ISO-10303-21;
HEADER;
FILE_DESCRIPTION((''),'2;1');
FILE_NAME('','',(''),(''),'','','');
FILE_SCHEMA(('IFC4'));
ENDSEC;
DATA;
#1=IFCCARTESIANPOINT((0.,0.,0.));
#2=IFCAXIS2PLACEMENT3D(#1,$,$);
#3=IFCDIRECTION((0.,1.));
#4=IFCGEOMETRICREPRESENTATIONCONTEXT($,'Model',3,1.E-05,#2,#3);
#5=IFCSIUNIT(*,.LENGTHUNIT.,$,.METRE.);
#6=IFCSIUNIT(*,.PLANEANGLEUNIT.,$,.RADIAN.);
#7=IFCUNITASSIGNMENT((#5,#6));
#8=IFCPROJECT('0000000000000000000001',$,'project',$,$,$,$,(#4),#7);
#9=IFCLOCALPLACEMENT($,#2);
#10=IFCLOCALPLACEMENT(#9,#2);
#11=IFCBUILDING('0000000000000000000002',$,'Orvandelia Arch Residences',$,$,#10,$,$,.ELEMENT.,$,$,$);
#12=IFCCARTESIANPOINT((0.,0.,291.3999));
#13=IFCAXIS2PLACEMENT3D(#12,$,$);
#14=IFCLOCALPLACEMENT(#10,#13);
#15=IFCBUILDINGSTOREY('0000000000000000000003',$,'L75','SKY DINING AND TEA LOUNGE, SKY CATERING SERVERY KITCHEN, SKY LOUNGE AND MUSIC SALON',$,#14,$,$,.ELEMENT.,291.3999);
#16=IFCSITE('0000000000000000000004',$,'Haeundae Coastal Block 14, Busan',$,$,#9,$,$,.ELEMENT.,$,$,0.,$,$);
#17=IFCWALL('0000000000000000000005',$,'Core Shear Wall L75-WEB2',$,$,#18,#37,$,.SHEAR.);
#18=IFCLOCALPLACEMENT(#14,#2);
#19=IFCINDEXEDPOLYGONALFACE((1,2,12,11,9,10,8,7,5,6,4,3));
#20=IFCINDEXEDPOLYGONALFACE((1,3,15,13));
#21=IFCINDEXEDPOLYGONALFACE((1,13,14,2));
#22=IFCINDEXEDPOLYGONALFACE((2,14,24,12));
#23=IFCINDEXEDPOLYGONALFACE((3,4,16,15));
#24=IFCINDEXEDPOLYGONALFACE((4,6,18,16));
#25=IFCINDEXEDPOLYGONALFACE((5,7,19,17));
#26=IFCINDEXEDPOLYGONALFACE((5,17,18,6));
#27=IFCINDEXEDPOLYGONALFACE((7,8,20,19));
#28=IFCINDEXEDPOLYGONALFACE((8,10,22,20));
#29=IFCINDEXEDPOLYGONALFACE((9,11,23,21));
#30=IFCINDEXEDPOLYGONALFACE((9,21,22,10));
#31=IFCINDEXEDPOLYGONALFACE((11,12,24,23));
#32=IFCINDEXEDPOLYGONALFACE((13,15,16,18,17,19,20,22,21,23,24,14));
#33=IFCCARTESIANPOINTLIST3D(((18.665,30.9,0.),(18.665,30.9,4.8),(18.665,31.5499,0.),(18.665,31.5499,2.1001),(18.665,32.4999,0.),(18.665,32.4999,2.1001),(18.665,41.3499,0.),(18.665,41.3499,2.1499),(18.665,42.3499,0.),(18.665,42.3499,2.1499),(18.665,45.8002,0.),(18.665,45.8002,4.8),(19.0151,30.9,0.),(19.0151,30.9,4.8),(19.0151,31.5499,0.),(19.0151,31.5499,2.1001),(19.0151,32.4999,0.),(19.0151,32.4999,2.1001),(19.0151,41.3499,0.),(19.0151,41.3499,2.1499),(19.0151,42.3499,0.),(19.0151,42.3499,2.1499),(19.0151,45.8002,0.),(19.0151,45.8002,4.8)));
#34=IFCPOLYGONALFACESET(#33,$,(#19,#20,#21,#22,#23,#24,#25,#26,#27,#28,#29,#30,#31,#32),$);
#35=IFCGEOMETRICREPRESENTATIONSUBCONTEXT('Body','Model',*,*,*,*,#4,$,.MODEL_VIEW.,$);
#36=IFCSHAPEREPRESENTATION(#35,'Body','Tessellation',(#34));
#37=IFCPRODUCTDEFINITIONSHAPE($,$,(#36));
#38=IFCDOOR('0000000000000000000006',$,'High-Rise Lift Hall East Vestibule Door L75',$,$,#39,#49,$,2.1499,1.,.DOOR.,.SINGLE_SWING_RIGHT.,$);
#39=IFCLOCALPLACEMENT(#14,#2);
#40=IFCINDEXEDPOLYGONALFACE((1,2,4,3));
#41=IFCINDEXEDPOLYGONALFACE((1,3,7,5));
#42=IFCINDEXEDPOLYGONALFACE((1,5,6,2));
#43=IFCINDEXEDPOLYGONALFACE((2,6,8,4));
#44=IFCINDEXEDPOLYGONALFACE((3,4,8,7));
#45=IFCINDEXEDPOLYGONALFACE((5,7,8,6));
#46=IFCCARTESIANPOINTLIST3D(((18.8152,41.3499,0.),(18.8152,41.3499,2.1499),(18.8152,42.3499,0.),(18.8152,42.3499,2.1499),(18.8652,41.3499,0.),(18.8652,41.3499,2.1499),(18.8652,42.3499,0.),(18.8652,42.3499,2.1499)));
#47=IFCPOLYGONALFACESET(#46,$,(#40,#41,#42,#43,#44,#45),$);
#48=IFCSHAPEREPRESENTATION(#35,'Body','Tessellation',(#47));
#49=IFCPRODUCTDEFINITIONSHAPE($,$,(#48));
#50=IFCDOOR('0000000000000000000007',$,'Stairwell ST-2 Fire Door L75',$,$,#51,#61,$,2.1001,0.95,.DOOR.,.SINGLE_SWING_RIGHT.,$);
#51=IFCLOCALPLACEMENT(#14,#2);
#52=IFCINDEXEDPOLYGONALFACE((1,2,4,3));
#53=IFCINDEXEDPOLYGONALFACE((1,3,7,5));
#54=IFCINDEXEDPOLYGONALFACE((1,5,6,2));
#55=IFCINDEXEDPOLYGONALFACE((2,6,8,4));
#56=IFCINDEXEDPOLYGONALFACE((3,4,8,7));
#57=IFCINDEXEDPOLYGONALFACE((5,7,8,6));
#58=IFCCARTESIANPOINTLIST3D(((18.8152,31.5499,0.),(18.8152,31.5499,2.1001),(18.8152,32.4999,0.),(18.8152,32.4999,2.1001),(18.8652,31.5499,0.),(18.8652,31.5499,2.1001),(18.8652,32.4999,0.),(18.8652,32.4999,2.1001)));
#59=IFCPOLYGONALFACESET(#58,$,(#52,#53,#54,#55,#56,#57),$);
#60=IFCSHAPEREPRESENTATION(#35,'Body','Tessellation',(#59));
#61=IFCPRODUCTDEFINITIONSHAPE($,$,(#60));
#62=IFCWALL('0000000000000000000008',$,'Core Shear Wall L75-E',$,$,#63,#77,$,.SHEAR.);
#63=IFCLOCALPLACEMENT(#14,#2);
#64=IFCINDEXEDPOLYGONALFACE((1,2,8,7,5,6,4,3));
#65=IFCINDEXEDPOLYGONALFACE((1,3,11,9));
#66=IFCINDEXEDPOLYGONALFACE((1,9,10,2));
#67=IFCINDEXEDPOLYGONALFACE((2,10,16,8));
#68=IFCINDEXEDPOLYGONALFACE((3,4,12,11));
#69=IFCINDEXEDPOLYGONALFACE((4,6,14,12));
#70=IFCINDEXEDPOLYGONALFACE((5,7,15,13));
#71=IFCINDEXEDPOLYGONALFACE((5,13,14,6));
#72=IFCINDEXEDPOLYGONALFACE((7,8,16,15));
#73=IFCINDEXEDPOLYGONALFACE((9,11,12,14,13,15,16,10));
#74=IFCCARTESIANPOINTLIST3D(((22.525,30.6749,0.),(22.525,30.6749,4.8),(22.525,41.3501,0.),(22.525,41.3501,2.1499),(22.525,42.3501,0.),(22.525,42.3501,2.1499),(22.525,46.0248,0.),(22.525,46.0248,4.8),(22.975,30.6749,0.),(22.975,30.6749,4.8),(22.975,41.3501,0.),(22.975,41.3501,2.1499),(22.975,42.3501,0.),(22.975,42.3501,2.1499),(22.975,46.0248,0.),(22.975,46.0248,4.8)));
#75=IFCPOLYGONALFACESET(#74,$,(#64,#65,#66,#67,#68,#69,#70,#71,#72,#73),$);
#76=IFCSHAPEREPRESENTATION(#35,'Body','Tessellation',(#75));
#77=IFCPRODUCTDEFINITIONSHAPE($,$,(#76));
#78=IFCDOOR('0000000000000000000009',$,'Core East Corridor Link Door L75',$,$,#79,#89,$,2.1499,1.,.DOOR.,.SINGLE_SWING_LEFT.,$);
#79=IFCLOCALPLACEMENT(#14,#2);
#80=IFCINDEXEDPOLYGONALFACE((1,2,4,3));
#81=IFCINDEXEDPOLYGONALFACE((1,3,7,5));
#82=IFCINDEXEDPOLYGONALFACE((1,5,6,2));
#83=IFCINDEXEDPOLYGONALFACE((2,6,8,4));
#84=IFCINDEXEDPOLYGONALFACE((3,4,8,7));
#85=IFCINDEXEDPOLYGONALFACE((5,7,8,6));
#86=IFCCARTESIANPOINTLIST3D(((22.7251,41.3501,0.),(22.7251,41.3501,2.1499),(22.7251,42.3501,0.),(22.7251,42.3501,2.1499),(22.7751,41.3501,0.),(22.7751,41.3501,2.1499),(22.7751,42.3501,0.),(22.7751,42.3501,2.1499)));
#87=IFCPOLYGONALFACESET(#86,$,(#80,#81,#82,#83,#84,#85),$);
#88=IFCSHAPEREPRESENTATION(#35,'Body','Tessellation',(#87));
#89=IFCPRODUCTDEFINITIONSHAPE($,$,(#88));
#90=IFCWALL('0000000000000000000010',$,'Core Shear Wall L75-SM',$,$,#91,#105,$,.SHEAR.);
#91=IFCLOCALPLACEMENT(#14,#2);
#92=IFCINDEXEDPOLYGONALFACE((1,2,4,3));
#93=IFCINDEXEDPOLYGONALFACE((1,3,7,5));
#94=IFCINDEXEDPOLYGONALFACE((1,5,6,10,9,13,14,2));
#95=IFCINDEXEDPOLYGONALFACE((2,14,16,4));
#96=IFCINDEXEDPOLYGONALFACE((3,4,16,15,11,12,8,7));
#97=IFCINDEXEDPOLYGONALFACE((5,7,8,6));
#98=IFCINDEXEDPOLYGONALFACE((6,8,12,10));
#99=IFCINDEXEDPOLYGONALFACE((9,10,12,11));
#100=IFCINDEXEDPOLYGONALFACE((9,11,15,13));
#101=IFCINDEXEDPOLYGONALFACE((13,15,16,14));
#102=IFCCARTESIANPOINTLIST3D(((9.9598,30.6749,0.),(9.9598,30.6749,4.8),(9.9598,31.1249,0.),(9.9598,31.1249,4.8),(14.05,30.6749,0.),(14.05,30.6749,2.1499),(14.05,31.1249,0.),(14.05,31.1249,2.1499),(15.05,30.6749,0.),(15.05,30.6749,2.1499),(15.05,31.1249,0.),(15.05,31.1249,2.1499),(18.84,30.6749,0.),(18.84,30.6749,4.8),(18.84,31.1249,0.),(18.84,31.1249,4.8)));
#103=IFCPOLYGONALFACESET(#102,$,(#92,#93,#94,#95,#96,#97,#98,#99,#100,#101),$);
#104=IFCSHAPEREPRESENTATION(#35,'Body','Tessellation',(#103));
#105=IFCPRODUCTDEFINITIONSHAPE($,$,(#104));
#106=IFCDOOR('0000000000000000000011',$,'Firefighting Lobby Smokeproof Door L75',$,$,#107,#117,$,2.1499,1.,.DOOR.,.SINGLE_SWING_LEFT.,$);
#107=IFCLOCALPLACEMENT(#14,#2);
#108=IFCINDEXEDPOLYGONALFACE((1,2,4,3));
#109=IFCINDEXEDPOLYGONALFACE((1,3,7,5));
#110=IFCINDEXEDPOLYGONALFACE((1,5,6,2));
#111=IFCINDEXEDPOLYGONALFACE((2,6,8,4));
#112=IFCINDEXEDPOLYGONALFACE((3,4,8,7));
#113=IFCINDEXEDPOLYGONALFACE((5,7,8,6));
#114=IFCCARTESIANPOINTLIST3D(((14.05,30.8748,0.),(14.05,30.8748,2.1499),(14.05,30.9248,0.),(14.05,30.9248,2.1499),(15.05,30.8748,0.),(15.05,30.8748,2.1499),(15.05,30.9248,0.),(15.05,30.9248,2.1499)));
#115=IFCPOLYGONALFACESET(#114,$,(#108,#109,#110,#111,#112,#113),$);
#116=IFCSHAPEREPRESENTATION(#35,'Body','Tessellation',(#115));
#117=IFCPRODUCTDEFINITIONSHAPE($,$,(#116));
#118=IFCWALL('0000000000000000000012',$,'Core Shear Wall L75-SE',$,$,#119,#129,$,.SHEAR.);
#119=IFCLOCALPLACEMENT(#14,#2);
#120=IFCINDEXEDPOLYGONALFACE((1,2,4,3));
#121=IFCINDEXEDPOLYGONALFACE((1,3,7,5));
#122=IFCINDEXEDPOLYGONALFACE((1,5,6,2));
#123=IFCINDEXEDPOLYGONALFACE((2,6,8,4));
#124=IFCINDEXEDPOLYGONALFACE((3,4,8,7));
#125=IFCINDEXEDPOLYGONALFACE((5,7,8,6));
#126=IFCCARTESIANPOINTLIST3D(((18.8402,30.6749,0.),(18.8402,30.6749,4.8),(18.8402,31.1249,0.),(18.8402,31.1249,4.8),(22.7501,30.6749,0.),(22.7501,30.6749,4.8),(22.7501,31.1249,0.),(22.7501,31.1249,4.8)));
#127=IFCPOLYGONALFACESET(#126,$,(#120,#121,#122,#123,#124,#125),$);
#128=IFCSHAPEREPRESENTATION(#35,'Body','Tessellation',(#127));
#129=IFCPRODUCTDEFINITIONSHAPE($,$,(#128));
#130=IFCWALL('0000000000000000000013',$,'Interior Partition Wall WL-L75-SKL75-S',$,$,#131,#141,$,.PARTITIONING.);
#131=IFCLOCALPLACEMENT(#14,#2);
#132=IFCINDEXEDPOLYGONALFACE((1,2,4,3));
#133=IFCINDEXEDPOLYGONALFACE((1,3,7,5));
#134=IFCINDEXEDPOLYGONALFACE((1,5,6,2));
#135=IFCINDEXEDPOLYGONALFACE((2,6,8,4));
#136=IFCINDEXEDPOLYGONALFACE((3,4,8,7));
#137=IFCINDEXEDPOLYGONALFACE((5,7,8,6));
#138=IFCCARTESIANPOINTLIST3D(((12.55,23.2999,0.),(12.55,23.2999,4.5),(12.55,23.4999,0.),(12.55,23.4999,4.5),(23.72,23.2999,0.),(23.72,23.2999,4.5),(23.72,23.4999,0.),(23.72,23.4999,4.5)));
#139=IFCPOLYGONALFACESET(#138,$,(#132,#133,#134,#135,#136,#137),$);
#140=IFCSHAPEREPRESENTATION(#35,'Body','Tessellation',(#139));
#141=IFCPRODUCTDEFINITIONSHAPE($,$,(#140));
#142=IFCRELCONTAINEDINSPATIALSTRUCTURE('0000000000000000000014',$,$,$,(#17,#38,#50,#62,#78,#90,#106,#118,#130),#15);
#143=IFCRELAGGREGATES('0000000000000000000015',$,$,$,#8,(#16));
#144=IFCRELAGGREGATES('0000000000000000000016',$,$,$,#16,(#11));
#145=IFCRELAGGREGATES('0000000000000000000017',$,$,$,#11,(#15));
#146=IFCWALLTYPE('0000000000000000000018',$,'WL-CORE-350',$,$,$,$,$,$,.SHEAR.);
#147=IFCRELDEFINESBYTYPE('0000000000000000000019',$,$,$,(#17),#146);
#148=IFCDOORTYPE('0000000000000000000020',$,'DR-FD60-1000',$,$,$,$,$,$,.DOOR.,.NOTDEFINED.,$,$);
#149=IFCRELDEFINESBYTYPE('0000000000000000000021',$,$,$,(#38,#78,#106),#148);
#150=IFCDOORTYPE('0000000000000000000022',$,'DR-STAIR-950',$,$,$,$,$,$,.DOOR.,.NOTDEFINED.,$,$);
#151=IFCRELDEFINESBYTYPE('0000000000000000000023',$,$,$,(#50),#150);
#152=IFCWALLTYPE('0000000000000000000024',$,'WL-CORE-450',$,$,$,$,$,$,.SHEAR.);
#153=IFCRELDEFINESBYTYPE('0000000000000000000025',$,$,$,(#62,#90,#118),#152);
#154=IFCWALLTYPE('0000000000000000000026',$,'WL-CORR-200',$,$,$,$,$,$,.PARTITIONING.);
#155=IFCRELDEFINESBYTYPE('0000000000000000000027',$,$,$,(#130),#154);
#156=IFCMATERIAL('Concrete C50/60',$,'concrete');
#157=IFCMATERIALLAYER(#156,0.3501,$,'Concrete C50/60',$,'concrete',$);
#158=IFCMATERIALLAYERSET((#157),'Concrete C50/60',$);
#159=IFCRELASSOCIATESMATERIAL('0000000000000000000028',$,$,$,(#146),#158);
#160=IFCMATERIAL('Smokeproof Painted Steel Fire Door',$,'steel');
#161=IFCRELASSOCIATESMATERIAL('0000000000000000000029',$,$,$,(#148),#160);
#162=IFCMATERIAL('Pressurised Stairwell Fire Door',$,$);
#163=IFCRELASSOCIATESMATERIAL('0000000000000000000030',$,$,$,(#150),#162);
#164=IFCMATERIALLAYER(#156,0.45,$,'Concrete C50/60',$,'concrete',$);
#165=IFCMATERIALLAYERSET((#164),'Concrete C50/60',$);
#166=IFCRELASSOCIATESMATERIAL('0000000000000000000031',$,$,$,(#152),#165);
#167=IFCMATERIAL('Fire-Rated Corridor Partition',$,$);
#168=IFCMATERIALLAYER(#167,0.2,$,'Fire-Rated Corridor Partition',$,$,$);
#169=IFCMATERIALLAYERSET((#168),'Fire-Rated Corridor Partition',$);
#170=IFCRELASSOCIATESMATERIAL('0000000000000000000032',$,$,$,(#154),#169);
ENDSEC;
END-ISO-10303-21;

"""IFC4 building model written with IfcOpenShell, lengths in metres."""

from ifc_helpers import new_model, si_unit, direction, frame, frame_2d, origin, place, context, subcontext, project, spatial, rectangle, extrude, material, layer, layer_set, type_object, element, fill, save


model = new_model("IFC4")

# Units and contexts
model_context = context("Model", 3, precision=1e-05, world=origin(), true_north=direction((0.0, 1.0)))
body_context = subcontext(model_context, "Body", "Model", "MODEL_VIEW")
ifc_project = project(units=[si_unit("LENGTHUNIT", "METRE"), si_unit("PLANEANGLEUNIT", "RADIAN")], contexts=[model_context])

# Site, building, storey
site_placement = place(None, origin())
site = spatial("IfcSite", under=ifc_project, at=site_placement, Name="Haeundae Coastal Block 14, Busan", CompositionType="ELEMENT", RefElevation=0.0)
building_placement = place(site_placement, origin())
building = spatial("IfcBuilding", under=site, at=building_placement, Name="Orvandelia Arch Residences", CompositionType="ELEMENT")
storey_placement = place(building_placement, frame((0.0, 0.0, 291.3999)))
storey = spatial("IfcBuildingStorey", under=building, at=storey_placement, Name="L75", Description="SKY DINING AND TEA LOUNGE, SKY CATERING SERVERY KITCHEN, SKY LOUNGE AND MUSIC SALON", CompositionType="ELEMENT", Elevation=291.3999)

# Shared definitions
ifc_material_1 = material(Name="Concrete C50/60", Category="concrete")

# Wall, openings, doors
ifc_layer_1 = layer(ifc_material_1, 0.3501, Name="Concrete C50/60", Category="concrete")
ifc_layer_set_1 = layer_set([ifc_layer_1], Name="Concrete C50/60")
wall_type_1 = type_object("IfcWallType", Name="WL-CORE-350", PredefinedType="SHEAR", material=ifc_layer_set_1)
ifc_material_2 = material(Name="Smokeproof Painted Steel Fire Door", Category="steel")
door_type_1 = type_object("IfcDoorType", Name="DR-FD60-1000", OperationType="NOTDEFINED", PredefinedType="DOOR", material=ifc_material_2)
ifc_material_3 = material(Name="Pressurised Stairwell Fire Door")
door_type_2 = type_object("IfcDoorType", Name="DR-STAIR-950", OperationType="NOTDEFINED", PredefinedType="DOOR", material=ifc_material_3)
wall_1_placement = place(storey_placement, frame((18.8401, 30.8999, 0.0), z_axis=(0.0, 0.0, 1.0), x_axis=(0.0, 1.0, 0.0)))
wall_1 = element("IfcWall", 1, at=wall_1_placement, inside=storey, type_object=wall_type_1, Name="Core Shear Wall L75-WEB2", PredefinedType="SHEAR", context=body_context, shape_type="SweptSolid", body=[
    extrude(rectangle(XDim=14.9001, YDim=0.3501, at=frame_2d((7.4502, 0.0))), origin(), (0.0, 0.0, 1.0), 4.8),
])
opening_1_placement = place(wall_1_placement, frame((0.6499, 0.0, 0.0)))
opening_1 = element("IfcOpeningElement", 2, at=opening_1_placement, cuts=wall_1, PredefinedType="OPENING", context=body_context, shape_type="SweptSolid", body=[
    extrude(rectangle(XDim=0.95, YDim=2.1001, at=frame_2d((0.4751, 1.05))), frame((0.0, 0.1851, 0.0), z_axis=(0.0, -1.0, 0.0), x_axis=(1.0, 0.0, 0.0)), (0.0, 0.0, 1.0), 0.3701),
])
opening_2_placement = place(wall_1_placement, frame((10.45, 0.0, 0.0)))
opening_2 = element("IfcOpeningElement", 3, at=opening_2_placement, cuts=wall_1, PredefinedType="OPENING", context=body_context, shape_type="SweptSolid", body=[
    extrude(rectangle(XDim=1.0, YDim=2.1499, at=frame_2d((0.5, 1.075))), frame((0.0, 0.1851, 0.0), z_axis=(0.0, -1.0, 0.0), x_axis=(1.0, 0.0, 0.0)), (0.0, 0.0, 1.0), 0.3701),
])
door_1_placement = place(opening_2_placement, origin())
door_1 = element("IfcDoor", 4, at=door_1_placement, inside=storey, type_object=door_type_1, Name="High-Rise Lift Hall East Vestibule Door L75", OperationType="SINGLE_SWING_RIGHT", OverallHeight=2.1499, OverallWidth=1.0, PredefinedType="DOOR", context=body_context, shape_type="SweptSolid", body=[
    extrude(rectangle(XDim=1.0, YDim=2.1499, at=frame_2d((0.5, 1.075))), frame((0.0, 0.0249, 0.0), z_axis=(0.0, -1.0, 0.0), x_axis=(1.0, 0.0, 0.0)), (0.0, 0.0, 1.0), 0.05),
])
fill(opening_2, door_1)
door_2_placement = place(opening_1_placement, origin())
door_2 = element("IfcDoor", 5, at=door_2_placement, inside=storey, type_object=door_type_2, Name="Stairwell ST-2 Fire Door L75", OperationType="SINGLE_SWING_RIGHT", OverallHeight=2.1001, OverallWidth=0.95, PredefinedType="DOOR", context=body_context, shape_type="SweptSolid", body=[
    extrude(rectangle(XDim=0.95, YDim=2.1001, at=frame_2d((0.4751, 1.05))), frame((0.0, 0.0249, 0.0), z_axis=(0.0, -1.0, 0.0), x_axis=(1.0, 0.0, 0.0)), (0.0, 0.0, 1.0), 0.05),
])
fill(opening_1, door_2)

# Walls, openings, doors
ifc_layer_2 = layer(ifc_material_1, 0.45, Name="Concrete C50/60", Category="concrete")
ifc_layer_set_2 = layer_set([ifc_layer_2], Name="Concrete C50/60")
wall_type_2 = type_object("IfcWallType", Name="WL-CORE-450", PredefinedType="SHEAR", material=ifc_layer_set_2)
wall_2_placement = place(storey_placement, frame((22.75, 30.675, 0.0), z_axis=(0.0, 0.0, 1.0), x_axis=(0.0, 1.0, 0.0)))
wall_2 = element("IfcWall", 6, at=wall_2_placement, inside=storey, type_object=wall_type_2, Name="Core Shear Wall L75-E", PredefinedType="SHEAR", context=body_context, shape_type="SweptSolid", body=[
    extrude(rectangle(XDim=15.3499, YDim=0.45, at=frame_2d((7.6748, 0.0))), origin(), (0.0, 0.0, 1.0), 4.8),
])
opening_3_placement = place(wall_2_placement, frame((10.675, 0.0, 0.0)))
opening_3 = element("IfcOpeningElement", 7, at=opening_3_placement, cuts=wall_2, PredefinedType="OPENING", context=body_context, shape_type="SweptSolid", body=[
    extrude(rectangle(XDim=1.0, YDim=2.1499, at=frame_2d((0.5, 1.075))), frame((0.0, 0.2349, 0.0), z_axis=(0.0, -1.0, 0.0), x_axis=(1.0, 0.0, 0.0)), (0.0, 0.0, 1.0), 0.47),
])
door_3_placement = place(opening_3_placement, origin())
door_3 = element("IfcDoor", 8, at=door_3_placement, inside=storey, type_object=door_type_1, Name="Core East Corridor Link Door L75", OperationType="SINGLE_SWING_LEFT", OverallHeight=2.1499, OverallWidth=1.0, PredefinedType="DOOR", context=body_context, shape_type="SweptSolid", body=[
    extrude(rectangle(XDim=1.0, YDim=2.1499, at=frame_2d((0.5, 1.075))), frame((0.0, 0.0249, 0.0), z_axis=(0.0, -1.0, 0.0), x_axis=(1.0, 0.0, 0.0)), (0.0, 0.0, 1.0), 0.05),
])
fill(opening_3, door_3)
wall_3_placement = place(storey_placement, frame((9.96, 30.8999, 0.0), z_axis=(0.0, 0.0, 1.0), x_axis=(1.0, 0.0, 0.0)))
wall_3 = element("IfcWall", 9, at=wall_3_placement, inside=storey, type_object=wall_type_2, Name="Core Shear Wall L75-SM", PredefinedType="SHEAR", context=body_context, shape_type="SweptSolid", body=[
    extrude(rectangle(XDim=8.8801, YDim=0.45, at=frame_2d((4.4399, 0.0))), origin(), (0.0, 0.0, 1.0), 4.8),
])
opening_4_placement = place(wall_3_placement, frame((4.0901, 0.0, 0.0)))
opening_4 = element("IfcOpeningElement", 10, at=opening_4_placement, cuts=wall_3, PredefinedType="OPENING", context=body_context, shape_type="SweptSolid", body=[
    extrude(rectangle(XDim=1.0, YDim=2.1499, at=frame_2d((0.5, 1.075))), frame((0.0, 0.2349, 0.0), z_axis=(0.0, -1.0, 0.0), x_axis=(1.0, 0.0, 0.0)), (0.0, 0.0, 1.0), 0.47),
])
door_4_placement = place(opening_4_placement, origin())
door_4 = element("IfcDoor", 11, at=door_4_placement, inside=storey, type_object=door_type_1, Name="Firefighting Lobby Smokeproof Door L75", OperationType="SINGLE_SWING_LEFT", OverallHeight=2.1499, OverallWidth=1.0, PredefinedType="DOOR", context=body_context, shape_type="SweptSolid", body=[
    extrude(rectangle(XDim=1.0, YDim=2.1499, at=frame_2d((0.5, 1.075))), frame((0.0, 0.0249, 0.0), z_axis=(0.0, -1.0, 0.0), x_axis=(1.0, 0.0, 0.0)), (0.0, 0.0, 1.0), 0.05),
])
fill(opening_4, door_4)

# Walls
wall_4_placement = place(storey_placement, frame((18.8401, 30.8999, 0.0), z_axis=(0.0, 0.0, 1.0), x_axis=(1.0, 0.0, 0.0)))
element("IfcWall", 12, at=wall_4_placement, inside=storey, type_object=wall_type_2, Name="Core Shear Wall L75-SE", PredefinedType="SHEAR", context=body_context, shape_type="SweptSolid", body=[
    extrude(rectangle(XDim=3.9099, YDim=0.45, at=frame_2d((1.9551, 0.0))), origin(), (0.0, 0.0, 1.0), 4.8),
])
ifc_material_4 = material(Name="Fire-Rated Corridor Partition")
ifc_layer_3 = layer(ifc_material_4, 0.2, Name="Fire-Rated Corridor Partition")
ifc_layer_set_3 = layer_set([ifc_layer_3], Name="Fire-Rated Corridor Partition")
wall_type_3 = type_object("IfcWallType", Name="WL-CORR-200", PredefinedType="PARTITIONING", material=ifc_layer_set_3)
wall_5_placement = place(storey_placement, frame((12.55, 23.3999, 0.0), z_axis=(0.0, 0.0, 1.0), x_axis=(1.0, 0.0, 0.0)))
element("IfcWall", 13, at=wall_5_placement, inside=storey, type_object=wall_type_3, Name="Interior Partition Wall WL-L75-SKL75-S", PredefinedType="PARTITIONING", context=body_context, shape_type="SweptSolid", body=[
    extrude(rectangle(XDim=11.1699, YDim=0.2, at=frame_2d((5.585, 0.0))), origin(), (0.0, 0.0, 1.0), 4.5),
])

save(model, "model.ifc")
